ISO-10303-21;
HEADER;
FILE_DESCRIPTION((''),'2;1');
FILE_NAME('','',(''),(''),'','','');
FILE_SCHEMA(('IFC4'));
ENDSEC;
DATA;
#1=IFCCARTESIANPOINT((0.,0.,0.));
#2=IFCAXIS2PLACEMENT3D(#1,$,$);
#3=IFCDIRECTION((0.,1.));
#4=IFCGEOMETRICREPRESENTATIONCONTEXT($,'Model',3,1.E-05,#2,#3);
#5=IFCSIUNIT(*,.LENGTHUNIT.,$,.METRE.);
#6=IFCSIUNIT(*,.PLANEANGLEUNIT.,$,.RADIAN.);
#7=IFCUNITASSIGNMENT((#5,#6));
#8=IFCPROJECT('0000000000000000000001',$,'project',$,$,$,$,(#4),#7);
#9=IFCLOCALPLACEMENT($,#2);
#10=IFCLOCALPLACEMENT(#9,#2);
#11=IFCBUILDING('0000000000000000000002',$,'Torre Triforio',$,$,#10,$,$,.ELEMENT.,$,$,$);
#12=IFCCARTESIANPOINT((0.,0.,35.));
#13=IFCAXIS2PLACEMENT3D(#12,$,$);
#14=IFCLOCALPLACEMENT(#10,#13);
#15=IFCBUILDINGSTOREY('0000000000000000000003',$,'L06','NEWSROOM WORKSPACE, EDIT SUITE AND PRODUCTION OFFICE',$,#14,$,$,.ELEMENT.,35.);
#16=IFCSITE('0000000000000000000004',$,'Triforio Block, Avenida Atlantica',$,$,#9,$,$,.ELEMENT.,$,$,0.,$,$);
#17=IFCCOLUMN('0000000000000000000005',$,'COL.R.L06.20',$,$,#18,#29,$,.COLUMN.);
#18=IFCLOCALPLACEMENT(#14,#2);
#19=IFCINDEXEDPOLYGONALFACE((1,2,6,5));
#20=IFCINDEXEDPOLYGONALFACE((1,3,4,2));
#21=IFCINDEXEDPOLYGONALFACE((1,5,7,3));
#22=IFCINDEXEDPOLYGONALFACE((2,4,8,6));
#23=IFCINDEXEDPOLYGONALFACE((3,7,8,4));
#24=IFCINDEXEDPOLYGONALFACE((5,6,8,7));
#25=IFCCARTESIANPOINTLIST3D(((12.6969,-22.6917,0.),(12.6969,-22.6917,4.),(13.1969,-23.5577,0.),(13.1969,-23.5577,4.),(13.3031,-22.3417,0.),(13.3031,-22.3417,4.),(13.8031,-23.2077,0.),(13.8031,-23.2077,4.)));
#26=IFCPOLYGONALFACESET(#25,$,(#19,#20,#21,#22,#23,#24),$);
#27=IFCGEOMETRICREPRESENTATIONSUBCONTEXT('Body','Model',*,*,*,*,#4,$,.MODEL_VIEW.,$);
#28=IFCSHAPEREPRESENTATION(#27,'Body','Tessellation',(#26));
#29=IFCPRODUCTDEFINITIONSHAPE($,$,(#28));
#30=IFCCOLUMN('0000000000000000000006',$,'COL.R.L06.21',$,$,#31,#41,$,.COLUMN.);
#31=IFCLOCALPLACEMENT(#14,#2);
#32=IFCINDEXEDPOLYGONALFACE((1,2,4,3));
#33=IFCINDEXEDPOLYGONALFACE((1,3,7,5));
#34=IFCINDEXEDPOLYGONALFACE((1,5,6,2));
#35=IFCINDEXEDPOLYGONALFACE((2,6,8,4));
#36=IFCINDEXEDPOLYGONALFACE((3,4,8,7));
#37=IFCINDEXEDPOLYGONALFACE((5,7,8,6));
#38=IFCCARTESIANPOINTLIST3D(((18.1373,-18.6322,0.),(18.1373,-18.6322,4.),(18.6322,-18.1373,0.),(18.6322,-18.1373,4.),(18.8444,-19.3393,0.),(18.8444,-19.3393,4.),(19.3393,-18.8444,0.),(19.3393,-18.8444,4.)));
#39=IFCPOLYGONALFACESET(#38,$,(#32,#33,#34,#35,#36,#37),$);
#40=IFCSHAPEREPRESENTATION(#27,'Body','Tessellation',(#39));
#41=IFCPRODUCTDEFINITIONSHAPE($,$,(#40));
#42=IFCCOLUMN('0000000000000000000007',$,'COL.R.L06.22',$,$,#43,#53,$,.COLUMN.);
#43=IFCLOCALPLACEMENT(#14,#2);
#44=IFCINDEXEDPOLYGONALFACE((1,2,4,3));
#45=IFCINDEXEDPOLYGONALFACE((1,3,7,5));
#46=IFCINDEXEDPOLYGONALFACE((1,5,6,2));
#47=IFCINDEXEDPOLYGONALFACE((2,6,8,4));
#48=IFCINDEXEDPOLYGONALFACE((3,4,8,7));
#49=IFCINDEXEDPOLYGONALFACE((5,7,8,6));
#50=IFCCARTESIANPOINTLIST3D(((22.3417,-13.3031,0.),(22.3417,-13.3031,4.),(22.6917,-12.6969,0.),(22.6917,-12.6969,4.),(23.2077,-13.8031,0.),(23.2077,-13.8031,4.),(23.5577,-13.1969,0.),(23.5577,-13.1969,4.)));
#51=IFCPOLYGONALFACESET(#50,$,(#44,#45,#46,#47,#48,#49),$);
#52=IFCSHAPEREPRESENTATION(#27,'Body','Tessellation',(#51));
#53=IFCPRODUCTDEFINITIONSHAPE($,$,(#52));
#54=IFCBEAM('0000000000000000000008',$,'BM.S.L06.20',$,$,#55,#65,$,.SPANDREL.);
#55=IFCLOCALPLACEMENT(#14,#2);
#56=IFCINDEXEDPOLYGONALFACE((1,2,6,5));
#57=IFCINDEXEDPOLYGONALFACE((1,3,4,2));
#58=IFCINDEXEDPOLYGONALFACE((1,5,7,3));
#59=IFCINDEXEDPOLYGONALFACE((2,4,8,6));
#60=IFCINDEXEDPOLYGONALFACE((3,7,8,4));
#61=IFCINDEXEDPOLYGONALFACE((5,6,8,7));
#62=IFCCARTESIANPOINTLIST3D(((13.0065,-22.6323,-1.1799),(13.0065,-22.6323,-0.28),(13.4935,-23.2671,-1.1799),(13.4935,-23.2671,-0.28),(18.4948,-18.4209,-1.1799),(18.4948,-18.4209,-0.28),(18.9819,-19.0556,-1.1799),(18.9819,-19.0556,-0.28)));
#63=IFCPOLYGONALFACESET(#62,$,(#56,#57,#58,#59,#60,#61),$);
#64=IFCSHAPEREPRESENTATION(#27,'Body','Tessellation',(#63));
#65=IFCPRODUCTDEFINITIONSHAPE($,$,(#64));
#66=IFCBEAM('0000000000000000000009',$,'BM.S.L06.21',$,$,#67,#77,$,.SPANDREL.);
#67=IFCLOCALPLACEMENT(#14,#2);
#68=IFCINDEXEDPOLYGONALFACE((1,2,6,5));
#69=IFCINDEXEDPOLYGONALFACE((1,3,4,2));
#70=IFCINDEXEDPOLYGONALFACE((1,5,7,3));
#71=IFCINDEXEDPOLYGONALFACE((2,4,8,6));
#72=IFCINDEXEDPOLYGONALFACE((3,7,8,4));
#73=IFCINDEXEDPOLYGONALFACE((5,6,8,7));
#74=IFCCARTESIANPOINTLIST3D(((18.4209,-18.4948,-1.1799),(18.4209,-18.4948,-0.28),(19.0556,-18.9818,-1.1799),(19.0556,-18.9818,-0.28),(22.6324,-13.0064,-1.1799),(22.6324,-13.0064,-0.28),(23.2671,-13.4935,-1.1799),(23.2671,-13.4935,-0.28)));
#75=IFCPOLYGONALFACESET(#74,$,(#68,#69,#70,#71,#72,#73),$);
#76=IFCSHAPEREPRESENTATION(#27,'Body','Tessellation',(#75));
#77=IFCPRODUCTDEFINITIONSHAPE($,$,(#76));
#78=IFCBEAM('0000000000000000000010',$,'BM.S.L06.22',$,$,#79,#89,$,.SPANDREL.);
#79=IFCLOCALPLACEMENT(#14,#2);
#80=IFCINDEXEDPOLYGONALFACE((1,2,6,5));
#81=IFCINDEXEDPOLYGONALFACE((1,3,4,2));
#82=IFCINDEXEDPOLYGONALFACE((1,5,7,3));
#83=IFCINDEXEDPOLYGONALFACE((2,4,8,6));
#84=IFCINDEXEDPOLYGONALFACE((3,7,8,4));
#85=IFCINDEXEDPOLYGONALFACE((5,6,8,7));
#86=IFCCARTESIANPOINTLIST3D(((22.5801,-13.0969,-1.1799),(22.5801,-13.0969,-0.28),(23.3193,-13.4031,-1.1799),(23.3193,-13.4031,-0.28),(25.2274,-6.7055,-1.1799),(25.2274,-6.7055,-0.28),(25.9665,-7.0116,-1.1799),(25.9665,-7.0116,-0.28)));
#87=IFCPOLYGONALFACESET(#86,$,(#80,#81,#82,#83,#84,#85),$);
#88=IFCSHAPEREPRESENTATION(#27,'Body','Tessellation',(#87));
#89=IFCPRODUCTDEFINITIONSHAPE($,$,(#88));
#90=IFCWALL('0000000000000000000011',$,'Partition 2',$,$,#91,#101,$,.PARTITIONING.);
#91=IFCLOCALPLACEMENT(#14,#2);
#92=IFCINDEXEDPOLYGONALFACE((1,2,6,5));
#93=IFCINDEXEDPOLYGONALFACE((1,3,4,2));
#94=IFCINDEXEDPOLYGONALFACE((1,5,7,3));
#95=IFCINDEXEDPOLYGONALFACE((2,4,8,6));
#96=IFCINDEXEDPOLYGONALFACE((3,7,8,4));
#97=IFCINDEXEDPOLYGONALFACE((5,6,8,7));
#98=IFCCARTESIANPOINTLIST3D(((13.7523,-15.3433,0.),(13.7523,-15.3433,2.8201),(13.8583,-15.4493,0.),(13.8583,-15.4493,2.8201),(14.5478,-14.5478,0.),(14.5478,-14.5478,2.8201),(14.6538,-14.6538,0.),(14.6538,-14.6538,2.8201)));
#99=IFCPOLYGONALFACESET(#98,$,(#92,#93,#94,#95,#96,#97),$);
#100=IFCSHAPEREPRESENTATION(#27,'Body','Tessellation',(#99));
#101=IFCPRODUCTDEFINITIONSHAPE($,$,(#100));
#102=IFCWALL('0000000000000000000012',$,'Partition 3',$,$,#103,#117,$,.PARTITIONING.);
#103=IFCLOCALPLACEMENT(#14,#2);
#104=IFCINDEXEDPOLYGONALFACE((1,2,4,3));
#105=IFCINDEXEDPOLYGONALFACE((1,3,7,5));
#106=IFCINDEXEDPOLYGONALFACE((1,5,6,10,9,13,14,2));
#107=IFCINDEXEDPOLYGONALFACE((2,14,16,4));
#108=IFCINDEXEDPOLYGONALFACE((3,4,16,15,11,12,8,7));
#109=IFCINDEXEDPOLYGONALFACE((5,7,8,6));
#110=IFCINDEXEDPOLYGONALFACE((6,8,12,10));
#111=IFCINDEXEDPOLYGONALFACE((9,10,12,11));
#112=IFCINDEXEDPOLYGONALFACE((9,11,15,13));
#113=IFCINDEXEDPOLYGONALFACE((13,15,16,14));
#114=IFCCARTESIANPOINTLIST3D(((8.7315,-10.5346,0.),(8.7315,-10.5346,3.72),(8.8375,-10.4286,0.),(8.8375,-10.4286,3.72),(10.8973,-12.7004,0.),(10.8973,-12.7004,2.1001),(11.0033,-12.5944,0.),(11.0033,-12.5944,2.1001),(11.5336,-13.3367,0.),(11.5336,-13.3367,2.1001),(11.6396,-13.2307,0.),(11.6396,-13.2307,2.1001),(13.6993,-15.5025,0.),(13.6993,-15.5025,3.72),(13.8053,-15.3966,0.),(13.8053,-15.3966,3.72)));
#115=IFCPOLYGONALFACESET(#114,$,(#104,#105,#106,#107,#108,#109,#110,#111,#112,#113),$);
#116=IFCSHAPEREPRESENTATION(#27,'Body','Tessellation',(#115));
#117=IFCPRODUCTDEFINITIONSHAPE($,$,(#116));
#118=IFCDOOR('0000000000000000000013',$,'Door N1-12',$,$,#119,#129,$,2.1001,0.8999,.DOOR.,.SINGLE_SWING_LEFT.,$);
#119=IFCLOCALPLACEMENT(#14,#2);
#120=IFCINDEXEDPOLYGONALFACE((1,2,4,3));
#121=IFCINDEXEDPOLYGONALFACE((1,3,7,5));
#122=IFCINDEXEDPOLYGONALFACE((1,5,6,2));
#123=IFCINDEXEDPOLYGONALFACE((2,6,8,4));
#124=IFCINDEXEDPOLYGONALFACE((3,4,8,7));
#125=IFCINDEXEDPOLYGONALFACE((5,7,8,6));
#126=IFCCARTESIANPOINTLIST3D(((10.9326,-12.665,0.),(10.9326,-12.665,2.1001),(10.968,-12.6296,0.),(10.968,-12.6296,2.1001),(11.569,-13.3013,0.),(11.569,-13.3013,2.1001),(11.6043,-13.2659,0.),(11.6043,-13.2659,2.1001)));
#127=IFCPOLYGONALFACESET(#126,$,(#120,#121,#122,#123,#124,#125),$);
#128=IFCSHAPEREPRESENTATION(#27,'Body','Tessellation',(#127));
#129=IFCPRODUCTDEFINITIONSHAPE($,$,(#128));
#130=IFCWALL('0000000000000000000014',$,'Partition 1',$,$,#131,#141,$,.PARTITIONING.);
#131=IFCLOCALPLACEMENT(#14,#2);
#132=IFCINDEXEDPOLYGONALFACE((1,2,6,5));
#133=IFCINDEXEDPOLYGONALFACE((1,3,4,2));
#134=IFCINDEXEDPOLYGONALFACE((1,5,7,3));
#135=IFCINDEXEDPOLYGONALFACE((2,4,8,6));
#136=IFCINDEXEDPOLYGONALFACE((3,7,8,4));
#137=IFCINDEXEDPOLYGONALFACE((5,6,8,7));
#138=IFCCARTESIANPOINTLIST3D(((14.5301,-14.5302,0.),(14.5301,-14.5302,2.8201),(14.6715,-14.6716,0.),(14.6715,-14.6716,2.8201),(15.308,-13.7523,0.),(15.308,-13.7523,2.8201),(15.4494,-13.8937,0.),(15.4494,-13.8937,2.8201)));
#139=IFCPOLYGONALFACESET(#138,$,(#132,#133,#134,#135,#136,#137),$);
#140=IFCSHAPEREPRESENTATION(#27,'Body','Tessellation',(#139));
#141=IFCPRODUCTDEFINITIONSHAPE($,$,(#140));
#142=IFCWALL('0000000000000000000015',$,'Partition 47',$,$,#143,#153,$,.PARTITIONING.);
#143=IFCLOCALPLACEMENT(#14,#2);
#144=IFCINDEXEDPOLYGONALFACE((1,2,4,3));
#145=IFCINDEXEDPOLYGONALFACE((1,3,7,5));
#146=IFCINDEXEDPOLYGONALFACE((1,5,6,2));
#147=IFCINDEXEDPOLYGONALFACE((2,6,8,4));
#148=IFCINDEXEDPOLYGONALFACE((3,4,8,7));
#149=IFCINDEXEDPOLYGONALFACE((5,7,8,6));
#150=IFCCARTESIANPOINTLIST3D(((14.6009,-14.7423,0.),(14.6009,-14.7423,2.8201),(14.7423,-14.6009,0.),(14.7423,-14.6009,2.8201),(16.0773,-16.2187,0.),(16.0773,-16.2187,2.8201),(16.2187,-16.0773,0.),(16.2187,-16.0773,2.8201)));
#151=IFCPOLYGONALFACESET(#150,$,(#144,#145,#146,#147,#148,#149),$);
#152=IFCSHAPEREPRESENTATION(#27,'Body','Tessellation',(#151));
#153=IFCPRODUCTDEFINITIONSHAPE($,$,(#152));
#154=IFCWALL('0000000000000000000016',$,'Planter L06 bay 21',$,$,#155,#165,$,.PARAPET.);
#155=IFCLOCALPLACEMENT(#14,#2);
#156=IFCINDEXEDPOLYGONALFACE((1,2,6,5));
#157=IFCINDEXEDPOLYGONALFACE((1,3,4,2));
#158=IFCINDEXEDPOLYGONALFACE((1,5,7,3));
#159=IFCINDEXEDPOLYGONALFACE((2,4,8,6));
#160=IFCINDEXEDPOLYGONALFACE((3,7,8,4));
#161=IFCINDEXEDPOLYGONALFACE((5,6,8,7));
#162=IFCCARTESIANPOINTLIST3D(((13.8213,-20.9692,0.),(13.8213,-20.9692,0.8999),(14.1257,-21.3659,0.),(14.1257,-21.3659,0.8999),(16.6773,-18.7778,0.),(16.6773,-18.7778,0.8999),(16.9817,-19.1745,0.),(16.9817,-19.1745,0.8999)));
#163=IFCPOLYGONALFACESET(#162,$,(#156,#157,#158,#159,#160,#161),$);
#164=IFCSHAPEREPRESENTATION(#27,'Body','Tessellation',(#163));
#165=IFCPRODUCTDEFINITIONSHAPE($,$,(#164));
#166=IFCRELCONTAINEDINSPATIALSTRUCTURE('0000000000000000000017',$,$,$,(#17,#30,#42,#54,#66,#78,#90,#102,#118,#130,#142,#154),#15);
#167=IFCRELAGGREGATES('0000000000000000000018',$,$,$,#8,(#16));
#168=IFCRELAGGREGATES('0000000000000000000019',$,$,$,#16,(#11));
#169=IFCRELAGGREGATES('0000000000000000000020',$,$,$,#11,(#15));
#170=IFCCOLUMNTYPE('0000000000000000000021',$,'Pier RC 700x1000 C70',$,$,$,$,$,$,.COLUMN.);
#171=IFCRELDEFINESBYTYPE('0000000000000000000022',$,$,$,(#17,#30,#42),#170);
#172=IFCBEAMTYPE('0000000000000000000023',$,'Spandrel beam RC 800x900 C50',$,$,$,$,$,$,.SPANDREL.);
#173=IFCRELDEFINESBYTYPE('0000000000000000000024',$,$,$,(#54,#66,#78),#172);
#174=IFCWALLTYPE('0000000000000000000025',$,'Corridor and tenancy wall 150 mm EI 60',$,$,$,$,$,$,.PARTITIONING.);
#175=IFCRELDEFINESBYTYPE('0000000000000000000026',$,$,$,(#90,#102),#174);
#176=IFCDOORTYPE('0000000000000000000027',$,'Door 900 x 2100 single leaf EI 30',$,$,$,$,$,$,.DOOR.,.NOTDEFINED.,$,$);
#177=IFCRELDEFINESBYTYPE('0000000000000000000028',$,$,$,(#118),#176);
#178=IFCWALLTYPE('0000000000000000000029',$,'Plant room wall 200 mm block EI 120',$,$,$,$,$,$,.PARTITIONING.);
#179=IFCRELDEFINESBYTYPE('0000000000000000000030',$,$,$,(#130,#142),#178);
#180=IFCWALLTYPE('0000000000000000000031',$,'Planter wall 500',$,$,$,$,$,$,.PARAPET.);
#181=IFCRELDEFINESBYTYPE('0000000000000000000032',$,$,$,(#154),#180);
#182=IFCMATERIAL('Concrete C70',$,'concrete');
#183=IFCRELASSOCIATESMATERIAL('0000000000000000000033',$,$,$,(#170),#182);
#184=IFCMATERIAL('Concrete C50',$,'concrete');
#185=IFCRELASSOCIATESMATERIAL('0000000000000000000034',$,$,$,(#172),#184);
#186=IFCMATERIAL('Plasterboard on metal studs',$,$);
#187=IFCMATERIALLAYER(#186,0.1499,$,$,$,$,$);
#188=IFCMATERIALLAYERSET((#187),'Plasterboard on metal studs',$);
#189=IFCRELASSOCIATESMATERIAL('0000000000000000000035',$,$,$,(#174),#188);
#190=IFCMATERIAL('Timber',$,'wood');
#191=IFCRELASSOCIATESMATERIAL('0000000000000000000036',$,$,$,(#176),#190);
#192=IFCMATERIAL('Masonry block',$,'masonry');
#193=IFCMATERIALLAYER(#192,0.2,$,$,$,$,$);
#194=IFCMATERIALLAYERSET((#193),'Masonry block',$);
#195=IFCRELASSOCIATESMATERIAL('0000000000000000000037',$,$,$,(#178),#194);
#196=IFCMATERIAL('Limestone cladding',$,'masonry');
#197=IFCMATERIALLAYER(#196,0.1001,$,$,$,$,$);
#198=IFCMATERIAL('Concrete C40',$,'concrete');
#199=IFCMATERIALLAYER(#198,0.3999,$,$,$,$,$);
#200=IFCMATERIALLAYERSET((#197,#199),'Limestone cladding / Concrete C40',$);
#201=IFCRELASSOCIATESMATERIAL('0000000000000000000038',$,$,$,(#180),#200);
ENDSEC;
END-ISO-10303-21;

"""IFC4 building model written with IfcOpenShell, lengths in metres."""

from ifc_helpers import new_model, si_unit, direction, frame, frame_2d, origin, origin_2d, place, context, subcontext, project, spatial, rectangle, extrude, material, layer, layer_set, material_profile, profile_set, type_object, element, fill, save


model = new_model("IFC4")

# Units and contexts
model_context = context("Model", 3, precision=1e-05, world=origin(), true_north=direction((0.0, 1.0)))
body_context = subcontext(model_context, "Body", "Model", "MODEL_VIEW")
ifc_project = project(units=[si_unit("LENGTHUNIT", "METRE"), si_unit("PLANEANGLEUNIT", "RADIAN")], contexts=[model_context])

# Site, building, storey
site_placement = place(None, origin())
site = spatial("IfcSite", under=ifc_project, at=site_placement, Name="Triforio Block, Avenida Atlantica", CompositionType="ELEMENT", RefElevation=0.0)
building_placement = place(site_placement, origin())
building = spatial("IfcBuilding", under=site, at=building_placement, Name="Torre Triforio", CompositionType="ELEMENT")
storey_placement = place(building_placement, frame((0.0, 0.0, 35.0)))
storey = spatial("IfcBuildingStorey", under=building, at=storey_placement, Name="L06", Description="NEWSROOM WORKSPACE, EDIT SUITE AND PRODUCTION OFFICE", CompositionType="ELEMENT", Elevation=35.0)

# Columns
ifc_material_1 = material(Name="Concrete C70", Category="concrete")
ifc_material_profile_1 = material_profile(ifc_material_1, rectangle(XDim=0.7, YDim=1.0, at=origin_2d()), Name="RC 700x1000")
ifc_profile_set_1 = profile_set([ifc_material_profile_1], Name="Concrete C70")
column_type = type_object("IfcColumnType", Name="Pier RC 700x1000 C70", PredefinedType="COLUMN", material=ifc_profile_set_1)
for number, where, z_axis, x_axis, name in (
    (1, (13.25, -22.9497, 0.0), (0.0, 0.0, 1.0), (0.866025, 0.5, 0.0), "COL.R.L06.20"),
    (2, (18.7383, -18.7383, 0.0), (0.0, 0.0, 1.0), (0.707107, 0.707107, 0.0), "COL.R.L06.21"),
    (3, (22.9497, -13.25, 0.0), (0.0, 0.0, 1.0), (0.5, 0.866025, 0.0), "COL.R.L06.22"),
):
    element("IfcColumn", number, at=place(storey_placement, frame(where, z_axis=z_axis, x_axis=x_axis)), inside=storey, type_object=column_type, Name=name, PredefinedType="COLUMN", context=body_context, shape_type="SweptSolid", body=[
        extrude(rectangle(XDim=0.7, YDim=1.0, at=origin_2d()), origin(), (0.0, 0.0, 1.0), 4.0),
    ])

# Beams
ifc_material_2 = material(Name="Concrete C50", Category="concrete")
ifc_material_profile_2 = material_profile(ifc_material_2, rectangle(XDim=0.8, YDim=0.8999, at=origin_2d()), Name="RC 800x900")
ifc_profile_set_2 = profile_set([ifc_material_profile_2], Name="Concrete C50")
beam_type = type_object("IfcBeamType", Name="Spandrel beam RC 800x900 C50", PredefinedType="SPANDREL", material=ifc_profile_set_2)
for number, where, z_axis, x_axis, name in (
    (4, (13.25, -22.9497, -0.73), (0.793345, 0.608772, 0.0), (-0.608772, 0.793345, 0.0), "BM.S.L06.20"),
    (5, (18.7383, -18.7383, -0.73), (0.608772, 0.793345, 0.0), (-0.793345, 0.608772, 0.0), "BM.S.L06.21"),
    (6, (22.9497, -13.25, -0.73), (0.382662, 0.923888, 0.0), (-0.923888, 0.382662, 0.0), "BM.S.L06.22"),
):
    element("IfcBeam", number, at=place(storey_placement, frame(where, z_axis=z_axis, x_axis=x_axis)), inside=storey, type_object=beam_type, Name=name, PredefinedType="SPANDREL", context=body_context, shape_type="SweptSolid", body=[
        extrude(rectangle(XDim=0.8, YDim=0.8999, at=origin_2d()), origin(), (0.0, 0.0, 1.0), 6.918),
    ])

# Wall
ifc_material_3 = material(Name="Plasterboard on metal studs")
ifc_layer_1 = layer(ifc_material_3, 0.1499)
ifc_layer_set_1 = layer_set([ifc_layer_1], Name="Plasterboard on metal studs")
wall_type_1 = type_object("IfcWallType", Name="Corridor and tenancy wall 150 mm EI 60", PredefinedType="PARTITIONING", material=ifc_layer_set_1)
wall_1_placement = place(storey_placement, frame((14.6008, -14.6008, 0.0), z_axis=(0.0, 0.0, 1.0), x_axis=(-0.707107, -0.707107, 0.0)))
element("IfcWall", 7, at=wall_1_placement, inside=storey, type_object=wall_type_1, Name="Partition 2", PredefinedType="PARTITIONING", context=body_context, shape_type="SweptSolid", body=[
    extrude(rectangle(XDim=1.125, YDim=0.1499, at=frame_2d((0.5625, 0.0))), origin(), (0.0, 0.0, 1.0), 2.8201),
])

# Wall, opening, door
wall_2_placement = place(storey_placement, frame((13.7522, -15.4495, 0.0), z_axis=(0.0, 0.0, 1.0), x_axis=(-0.707089, 0.707124, 0.0)))
wall_2 = element("IfcWall", 8, at=wall_2_placement, inside=storey, type_object=wall_type_1, Name="Partition 3", PredefinedType="PARTITIONING", context=body_context, shape_type="SweptSolid", body=[
    extrude(rectangle(XDim=7.0256, YDim=0.1499, at=frame_2d((3.5127, 0.0))), origin(), (0.0, 0.0, 1.0), 3.72),
])
opening_1_placement = place(wall_2_placement, frame((3.0627, 0.0, 0.0)))
opening_1 = element("IfcOpeningElement", 9, at=opening_1_placement, cuts=wall_2, PredefinedType="OPENING", context=body_context, shape_type="SweptSolid", body=[
    extrude(rectangle(XDim=0.8999, YDim=2.1001, at=frame_2d((0.45, 1.05))), frame((0.0, 0.085, 0.0), z_axis=(0.0, -1.0, 0.0), x_axis=(1.0, 0.0, 0.0)), (0.0, 0.0, 1.0), 0.1699),
])
ifc_material_4 = material(Name="Timber", Category="wood")
door_type_1 = type_object("IfcDoorType", Name="Door 900 x 2100 single leaf EI 30", OperationType="NOTDEFINED", PredefinedType="DOOR", material=ifc_material_4)
door_1_placement = place(opening_1_placement, origin())
door_1 = element("IfcDoor", 10, at=door_1_placement, inside=storey, type_object=door_type_1, Name="Door N1-12", OperationType="SINGLE_SWING_LEFT", OverallHeight=2.1001, OverallWidth=0.8999, PredefinedType="DOOR", context=body_context, shape_type="SweptSolid", body=[
    extrude(rectangle(XDim=0.8999, YDim=2.1001, at=frame_2d((0.45, 1.05))), frame((0.0, 0.0249, 0.0), z_axis=(0.0, -1.0, 0.0), x_axis=(1.0, 0.0, 0.0)), (0.0, 0.0, 1.0), 0.05),
])
fill(opening_1, door_1)

# Walls
ifc_material_5 = material(Name="Masonry block", Category="masonry")
ifc_layer_2 = layer(ifc_material_5, 0.2)
ifc_layer_set_2 = layer_set([ifc_layer_2], Name="Masonry block")
wall_type_2 = type_object("IfcWallType", Name="Plant room wall 200 mm block EI 120", PredefinedType="PARTITIONING", material=ifc_layer_set_2)
wall_3_placement = place(storey_placement, frame((15.3787, -13.823, 0.0), z_axis=(0.0, 0.0, 1.0), x_axis=(-0.707107, -0.707107, 0.0)))
element("IfcWall", 11, at=wall_3_placement, inside=storey, type_object=wall_type_2, Name="Partition 1", PredefinedType="PARTITIONING", context=body_context, shape_type="SweptSolid", body=[
    extrude(rectangle(XDim=1.1001, YDim=0.2, at=frame_2d((0.55, 0.0))), origin(), (0.0, 0.0, 1.0), 2.8201),
])
wall_4_placement = place(storey_placement, frame((14.6716, -14.6716, 0.0), z_axis=(0.0, 0.0, 1.0), x_axis=(0.707107, -0.707107, 0.0)))
element("IfcWall", 12, at=wall_4_placement, inside=storey, type_object=wall_type_2, Name="Partition 47", PredefinedType="PARTITIONING", context=body_context, shape_type="SweptSolid", body=[
    extrude(rectangle(XDim=2.0879, YDim=0.2, at=frame_2d((1.0439, 0.0))), origin(), (0.0, 0.0, 1.0), 2.8201),
])
ifc_material_6 = material(Name="Limestone cladding", Category="masonry")
ifc_layer_3 = layer(ifc_material_6, 0.1001)
ifc_material_7 = material(Name="Concrete C40", Category="concrete")
ifc_layer_4 = layer(ifc_material_7, 0.3999)
ifc_layer_set_3 = layer_set([ifc_layer_3, ifc_layer_4], Name="Limestone cladding / Concrete C40")
wall_type_3 = type_object("IfcWallType", Name="Planter wall 500", PredefinedType="PARAPET", material=ifc_layer_set_3)
wall_5_placement = place(storey_placement, frame((13.9736, -21.1675, 0.0), z_axis=(0.0, 0.0, 1.0), x_axis=(0.79336, 0.608753, 0.0)))
element("IfcWall", 13, at=wall_5_placement, inside=storey, type_object=wall_type_3, Name="Planter L06 bay 21", PredefinedType="PARAPET", context=body_context, shape_type="SweptSolid", body=[
    extrude(rectangle(XDim=3.5999, YDim=0.5, at=frame_2d((1.7998, 0.0))), origin(), (0.0, 0.0, 1.0), 0.8999),
])

save(model, "model.ifc")
